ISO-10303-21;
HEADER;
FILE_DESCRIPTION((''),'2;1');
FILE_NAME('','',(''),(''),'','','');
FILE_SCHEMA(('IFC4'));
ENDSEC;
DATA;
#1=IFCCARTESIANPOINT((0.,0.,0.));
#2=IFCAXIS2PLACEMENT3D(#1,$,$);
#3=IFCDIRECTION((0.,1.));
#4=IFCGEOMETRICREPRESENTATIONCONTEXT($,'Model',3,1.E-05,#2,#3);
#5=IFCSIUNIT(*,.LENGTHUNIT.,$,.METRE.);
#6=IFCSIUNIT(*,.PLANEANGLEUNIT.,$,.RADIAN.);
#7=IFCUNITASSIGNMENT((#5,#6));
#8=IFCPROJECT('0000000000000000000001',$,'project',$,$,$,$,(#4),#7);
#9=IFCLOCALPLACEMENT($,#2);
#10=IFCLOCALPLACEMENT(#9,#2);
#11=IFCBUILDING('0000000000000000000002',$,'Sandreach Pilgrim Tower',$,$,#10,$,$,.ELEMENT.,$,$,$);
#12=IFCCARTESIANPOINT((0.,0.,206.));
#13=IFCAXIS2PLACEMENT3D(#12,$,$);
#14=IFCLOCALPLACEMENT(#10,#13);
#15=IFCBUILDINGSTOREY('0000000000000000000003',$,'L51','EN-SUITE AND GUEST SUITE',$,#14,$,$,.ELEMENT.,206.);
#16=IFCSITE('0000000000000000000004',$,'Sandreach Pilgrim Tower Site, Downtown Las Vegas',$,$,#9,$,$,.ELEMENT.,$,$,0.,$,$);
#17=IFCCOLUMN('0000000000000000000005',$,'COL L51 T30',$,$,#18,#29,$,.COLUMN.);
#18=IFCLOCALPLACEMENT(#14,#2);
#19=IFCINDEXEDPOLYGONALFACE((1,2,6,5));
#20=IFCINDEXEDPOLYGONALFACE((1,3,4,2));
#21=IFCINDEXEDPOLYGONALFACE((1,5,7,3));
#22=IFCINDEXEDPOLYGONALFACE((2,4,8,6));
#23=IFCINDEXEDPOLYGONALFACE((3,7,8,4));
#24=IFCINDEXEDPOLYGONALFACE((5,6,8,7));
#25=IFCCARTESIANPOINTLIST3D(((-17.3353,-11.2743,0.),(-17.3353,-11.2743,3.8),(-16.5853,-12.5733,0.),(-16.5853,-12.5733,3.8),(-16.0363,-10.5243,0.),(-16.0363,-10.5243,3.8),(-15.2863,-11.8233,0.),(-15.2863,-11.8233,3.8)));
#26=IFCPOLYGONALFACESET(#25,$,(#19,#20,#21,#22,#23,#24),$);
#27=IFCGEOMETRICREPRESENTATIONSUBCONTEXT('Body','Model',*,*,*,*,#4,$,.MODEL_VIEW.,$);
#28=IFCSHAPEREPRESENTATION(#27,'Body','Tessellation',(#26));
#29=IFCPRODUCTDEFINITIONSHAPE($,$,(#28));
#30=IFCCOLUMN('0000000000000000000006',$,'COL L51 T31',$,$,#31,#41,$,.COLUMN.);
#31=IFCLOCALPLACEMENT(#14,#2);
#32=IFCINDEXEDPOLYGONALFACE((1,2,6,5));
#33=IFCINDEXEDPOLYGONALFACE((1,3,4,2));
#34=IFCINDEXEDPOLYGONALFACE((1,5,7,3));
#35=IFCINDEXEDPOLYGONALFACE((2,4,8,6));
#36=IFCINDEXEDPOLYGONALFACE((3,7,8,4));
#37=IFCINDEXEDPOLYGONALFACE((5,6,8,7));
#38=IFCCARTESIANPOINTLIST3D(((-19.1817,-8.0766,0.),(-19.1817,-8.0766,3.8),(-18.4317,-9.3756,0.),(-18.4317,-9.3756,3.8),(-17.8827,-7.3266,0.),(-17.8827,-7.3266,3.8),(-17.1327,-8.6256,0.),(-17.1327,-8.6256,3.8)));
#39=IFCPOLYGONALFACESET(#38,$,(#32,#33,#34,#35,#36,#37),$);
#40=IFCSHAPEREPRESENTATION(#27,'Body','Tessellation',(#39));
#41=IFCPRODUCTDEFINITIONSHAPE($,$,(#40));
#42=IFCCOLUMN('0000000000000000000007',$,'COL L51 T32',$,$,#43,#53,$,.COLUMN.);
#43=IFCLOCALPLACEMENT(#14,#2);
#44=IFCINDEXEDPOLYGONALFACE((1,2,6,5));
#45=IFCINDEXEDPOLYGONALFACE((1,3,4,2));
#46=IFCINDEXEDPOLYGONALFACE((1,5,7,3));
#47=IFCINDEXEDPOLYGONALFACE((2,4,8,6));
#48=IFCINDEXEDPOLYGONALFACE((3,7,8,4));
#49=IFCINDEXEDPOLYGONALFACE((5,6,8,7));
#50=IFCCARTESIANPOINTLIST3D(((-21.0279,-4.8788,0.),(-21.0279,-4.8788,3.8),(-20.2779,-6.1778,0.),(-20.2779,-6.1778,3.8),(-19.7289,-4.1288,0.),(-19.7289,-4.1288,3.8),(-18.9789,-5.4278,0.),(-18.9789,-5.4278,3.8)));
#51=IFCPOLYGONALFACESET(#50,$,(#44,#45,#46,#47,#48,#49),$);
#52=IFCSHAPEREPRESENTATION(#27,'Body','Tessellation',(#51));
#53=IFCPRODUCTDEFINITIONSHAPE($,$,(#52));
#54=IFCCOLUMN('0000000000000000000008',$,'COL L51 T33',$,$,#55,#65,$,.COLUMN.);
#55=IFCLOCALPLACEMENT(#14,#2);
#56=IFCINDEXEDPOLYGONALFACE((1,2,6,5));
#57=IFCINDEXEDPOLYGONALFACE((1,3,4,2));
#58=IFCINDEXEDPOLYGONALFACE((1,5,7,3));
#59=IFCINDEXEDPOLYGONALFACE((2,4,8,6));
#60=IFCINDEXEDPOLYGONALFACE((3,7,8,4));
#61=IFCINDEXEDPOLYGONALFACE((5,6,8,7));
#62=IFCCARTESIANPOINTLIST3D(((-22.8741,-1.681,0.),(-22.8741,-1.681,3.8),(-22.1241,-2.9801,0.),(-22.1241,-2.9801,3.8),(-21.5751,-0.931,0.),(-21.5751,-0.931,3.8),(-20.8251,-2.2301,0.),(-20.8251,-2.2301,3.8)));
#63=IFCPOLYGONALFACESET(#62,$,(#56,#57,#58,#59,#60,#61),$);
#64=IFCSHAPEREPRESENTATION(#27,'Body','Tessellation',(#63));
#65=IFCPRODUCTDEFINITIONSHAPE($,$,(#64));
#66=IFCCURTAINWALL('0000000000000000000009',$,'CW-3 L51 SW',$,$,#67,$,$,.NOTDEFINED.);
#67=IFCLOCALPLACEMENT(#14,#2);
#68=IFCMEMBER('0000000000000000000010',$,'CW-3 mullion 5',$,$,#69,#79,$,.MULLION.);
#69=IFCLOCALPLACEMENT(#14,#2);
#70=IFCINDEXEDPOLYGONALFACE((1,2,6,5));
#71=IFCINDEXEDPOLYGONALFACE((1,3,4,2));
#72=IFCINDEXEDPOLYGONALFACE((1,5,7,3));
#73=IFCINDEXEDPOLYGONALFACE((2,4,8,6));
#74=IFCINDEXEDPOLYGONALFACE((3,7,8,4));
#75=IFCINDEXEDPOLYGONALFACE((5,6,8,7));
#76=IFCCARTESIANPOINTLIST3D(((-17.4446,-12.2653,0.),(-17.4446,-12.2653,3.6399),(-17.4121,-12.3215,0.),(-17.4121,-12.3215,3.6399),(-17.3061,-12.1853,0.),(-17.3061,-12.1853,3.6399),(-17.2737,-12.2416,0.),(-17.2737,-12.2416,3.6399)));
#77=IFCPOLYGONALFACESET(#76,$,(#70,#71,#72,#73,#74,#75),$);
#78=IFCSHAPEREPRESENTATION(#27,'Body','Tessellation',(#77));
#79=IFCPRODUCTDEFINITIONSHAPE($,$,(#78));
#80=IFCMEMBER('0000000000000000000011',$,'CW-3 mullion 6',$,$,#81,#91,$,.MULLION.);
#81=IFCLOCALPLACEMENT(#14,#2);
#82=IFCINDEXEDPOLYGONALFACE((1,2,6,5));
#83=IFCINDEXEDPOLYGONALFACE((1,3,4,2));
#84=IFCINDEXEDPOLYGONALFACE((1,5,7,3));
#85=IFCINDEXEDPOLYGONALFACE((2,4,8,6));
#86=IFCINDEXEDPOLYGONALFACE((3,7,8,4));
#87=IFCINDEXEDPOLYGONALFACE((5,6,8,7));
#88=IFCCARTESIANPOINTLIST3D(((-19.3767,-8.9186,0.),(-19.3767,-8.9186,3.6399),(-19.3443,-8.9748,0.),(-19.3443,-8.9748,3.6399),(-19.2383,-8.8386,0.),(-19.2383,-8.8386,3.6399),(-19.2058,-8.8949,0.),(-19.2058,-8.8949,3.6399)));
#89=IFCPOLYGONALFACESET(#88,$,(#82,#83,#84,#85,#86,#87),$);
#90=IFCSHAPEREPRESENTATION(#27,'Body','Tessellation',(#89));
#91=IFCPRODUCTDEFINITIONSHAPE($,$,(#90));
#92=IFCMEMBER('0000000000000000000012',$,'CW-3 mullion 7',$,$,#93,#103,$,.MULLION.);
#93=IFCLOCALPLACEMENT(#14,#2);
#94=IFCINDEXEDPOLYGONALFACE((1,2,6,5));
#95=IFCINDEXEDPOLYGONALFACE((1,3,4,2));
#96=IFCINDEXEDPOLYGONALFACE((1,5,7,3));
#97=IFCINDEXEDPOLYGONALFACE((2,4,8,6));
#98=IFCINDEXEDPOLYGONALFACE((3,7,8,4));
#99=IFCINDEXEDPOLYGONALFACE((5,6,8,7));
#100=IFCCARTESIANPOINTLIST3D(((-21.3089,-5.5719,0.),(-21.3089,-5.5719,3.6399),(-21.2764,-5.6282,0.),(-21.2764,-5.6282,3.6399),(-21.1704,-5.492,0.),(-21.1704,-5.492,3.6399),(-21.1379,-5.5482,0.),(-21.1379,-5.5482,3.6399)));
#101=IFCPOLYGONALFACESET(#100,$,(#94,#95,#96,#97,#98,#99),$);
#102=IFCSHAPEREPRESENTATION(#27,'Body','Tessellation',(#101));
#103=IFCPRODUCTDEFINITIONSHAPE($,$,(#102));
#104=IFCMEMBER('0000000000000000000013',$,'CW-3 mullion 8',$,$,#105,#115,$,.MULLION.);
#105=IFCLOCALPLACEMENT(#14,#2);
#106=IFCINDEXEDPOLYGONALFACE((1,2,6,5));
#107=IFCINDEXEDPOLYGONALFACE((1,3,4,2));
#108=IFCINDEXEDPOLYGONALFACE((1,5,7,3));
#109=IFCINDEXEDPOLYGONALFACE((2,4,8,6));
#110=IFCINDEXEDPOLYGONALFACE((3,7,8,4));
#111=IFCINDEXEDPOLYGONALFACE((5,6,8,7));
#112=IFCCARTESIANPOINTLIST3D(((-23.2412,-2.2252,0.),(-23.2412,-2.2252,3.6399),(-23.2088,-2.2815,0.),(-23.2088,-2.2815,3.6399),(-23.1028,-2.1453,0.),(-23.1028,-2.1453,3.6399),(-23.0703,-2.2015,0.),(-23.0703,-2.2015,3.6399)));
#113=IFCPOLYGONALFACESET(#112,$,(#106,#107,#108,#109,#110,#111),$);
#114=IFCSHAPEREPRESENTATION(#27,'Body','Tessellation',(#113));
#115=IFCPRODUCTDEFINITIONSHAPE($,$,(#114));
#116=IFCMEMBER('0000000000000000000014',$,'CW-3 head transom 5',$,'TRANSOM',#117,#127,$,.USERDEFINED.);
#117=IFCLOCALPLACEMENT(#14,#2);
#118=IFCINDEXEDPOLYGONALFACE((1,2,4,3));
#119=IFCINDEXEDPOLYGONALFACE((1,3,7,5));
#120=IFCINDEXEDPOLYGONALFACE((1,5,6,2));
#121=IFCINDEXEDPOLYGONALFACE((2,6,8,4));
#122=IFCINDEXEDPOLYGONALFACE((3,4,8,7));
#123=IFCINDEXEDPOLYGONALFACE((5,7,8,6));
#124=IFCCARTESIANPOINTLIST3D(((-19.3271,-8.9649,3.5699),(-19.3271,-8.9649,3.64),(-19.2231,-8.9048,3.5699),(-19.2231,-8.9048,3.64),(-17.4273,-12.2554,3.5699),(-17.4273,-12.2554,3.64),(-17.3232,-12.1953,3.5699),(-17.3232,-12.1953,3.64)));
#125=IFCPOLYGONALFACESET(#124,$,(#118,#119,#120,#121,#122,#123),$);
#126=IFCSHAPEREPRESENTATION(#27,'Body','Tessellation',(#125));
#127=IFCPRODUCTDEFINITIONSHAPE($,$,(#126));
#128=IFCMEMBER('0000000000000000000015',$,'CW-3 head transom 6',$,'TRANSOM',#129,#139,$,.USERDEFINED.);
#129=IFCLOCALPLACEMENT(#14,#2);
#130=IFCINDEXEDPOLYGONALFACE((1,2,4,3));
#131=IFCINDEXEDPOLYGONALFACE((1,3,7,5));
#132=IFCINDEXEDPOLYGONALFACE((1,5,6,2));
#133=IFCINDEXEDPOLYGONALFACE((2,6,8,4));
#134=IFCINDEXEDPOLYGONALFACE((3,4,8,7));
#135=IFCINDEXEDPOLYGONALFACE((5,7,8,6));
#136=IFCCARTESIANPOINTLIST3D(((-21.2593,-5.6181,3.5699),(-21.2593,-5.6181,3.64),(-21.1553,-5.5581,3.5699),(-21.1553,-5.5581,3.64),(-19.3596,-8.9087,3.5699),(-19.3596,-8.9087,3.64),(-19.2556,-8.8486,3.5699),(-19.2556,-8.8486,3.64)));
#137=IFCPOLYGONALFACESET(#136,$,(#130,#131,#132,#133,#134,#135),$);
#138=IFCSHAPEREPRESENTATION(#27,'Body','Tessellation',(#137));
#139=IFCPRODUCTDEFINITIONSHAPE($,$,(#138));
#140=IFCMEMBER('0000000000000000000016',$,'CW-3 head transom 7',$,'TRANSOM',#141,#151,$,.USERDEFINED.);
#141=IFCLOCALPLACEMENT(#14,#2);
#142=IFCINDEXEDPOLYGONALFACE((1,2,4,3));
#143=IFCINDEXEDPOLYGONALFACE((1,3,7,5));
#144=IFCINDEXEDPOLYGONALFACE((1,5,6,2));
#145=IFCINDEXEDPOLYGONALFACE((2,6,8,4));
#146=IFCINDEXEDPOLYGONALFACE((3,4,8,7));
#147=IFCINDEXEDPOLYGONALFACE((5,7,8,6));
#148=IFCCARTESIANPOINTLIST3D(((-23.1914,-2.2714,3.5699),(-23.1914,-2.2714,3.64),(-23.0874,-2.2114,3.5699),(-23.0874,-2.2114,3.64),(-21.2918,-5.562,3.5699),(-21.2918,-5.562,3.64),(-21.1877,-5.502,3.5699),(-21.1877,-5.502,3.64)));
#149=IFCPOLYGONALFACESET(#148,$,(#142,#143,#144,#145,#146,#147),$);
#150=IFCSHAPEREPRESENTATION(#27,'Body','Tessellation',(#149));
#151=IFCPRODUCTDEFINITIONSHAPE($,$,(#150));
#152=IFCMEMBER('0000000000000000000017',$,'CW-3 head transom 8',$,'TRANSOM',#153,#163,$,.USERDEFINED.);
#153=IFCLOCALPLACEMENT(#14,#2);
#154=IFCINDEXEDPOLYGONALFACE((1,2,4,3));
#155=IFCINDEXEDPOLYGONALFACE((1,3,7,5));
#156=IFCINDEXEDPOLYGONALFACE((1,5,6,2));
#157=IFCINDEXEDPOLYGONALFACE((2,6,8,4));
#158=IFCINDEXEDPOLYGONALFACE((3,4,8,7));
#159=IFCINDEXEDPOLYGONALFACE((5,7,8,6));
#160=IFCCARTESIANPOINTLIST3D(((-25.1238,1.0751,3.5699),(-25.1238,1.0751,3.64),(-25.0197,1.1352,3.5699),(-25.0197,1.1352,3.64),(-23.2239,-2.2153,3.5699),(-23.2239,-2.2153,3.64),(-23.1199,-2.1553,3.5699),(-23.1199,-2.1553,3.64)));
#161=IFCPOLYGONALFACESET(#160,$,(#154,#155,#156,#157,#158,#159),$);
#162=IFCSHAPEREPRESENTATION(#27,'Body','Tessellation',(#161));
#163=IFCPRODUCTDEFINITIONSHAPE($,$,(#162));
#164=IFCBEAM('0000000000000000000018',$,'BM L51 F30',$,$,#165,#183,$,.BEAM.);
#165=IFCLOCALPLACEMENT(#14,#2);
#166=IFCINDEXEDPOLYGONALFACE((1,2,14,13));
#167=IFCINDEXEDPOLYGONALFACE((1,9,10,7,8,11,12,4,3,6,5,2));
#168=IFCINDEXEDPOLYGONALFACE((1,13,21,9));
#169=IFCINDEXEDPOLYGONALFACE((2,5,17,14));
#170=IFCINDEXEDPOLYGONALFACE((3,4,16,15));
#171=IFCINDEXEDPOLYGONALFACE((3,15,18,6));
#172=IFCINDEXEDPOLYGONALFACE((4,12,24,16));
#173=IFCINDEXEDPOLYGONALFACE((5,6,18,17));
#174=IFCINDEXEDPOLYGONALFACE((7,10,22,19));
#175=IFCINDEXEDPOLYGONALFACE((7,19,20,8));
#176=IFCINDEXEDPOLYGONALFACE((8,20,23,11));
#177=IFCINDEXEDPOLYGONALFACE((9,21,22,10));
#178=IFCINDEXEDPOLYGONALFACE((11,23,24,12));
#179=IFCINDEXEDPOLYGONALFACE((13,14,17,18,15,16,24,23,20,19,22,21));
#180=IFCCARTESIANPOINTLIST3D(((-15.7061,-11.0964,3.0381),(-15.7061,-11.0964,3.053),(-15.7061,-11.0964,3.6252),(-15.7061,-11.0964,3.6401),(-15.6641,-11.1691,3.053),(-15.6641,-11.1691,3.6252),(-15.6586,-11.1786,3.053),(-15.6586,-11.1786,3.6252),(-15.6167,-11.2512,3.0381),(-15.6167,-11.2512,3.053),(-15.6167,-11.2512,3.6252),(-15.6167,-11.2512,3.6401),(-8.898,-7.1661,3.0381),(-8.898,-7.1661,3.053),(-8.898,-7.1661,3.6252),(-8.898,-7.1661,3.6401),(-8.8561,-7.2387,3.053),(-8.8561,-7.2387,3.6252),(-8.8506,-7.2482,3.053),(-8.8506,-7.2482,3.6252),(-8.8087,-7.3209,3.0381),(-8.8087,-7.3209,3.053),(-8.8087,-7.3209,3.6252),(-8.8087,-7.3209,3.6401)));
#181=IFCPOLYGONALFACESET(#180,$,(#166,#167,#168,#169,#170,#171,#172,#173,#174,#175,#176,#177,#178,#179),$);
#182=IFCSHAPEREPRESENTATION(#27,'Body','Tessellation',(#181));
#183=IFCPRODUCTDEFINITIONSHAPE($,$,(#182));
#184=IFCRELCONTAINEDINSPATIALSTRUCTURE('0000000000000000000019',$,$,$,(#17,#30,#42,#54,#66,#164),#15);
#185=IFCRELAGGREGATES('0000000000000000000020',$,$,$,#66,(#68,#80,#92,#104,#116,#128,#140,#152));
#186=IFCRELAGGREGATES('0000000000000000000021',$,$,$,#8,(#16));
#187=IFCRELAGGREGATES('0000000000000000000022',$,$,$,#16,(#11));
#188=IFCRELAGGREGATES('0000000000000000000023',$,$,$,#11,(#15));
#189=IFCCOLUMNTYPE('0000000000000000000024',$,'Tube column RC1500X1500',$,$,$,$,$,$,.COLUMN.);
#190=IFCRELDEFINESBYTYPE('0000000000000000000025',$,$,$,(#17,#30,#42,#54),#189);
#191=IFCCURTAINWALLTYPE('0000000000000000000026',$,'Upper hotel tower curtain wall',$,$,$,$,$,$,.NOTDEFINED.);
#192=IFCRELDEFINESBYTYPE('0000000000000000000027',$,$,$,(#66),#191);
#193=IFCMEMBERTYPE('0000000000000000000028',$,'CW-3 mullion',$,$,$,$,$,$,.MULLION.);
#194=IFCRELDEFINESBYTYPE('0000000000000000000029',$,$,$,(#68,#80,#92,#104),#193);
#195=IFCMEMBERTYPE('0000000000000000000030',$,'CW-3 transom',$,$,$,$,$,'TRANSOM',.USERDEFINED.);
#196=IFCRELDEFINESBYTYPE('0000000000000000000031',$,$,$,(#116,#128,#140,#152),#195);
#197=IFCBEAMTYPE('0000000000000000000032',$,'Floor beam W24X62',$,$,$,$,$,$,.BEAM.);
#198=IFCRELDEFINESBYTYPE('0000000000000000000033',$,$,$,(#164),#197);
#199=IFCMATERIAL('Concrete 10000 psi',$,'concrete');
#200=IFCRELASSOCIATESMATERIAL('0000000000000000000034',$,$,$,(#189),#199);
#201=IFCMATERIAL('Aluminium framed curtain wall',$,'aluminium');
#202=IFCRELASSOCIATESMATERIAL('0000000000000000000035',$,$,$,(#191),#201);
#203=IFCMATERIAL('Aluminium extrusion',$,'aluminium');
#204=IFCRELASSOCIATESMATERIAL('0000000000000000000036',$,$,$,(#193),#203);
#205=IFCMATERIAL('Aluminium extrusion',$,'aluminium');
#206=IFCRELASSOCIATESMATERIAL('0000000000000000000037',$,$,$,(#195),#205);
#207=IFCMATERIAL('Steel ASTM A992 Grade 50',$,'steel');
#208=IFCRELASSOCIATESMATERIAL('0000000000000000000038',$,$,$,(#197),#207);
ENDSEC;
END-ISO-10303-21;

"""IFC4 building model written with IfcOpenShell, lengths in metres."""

from ifc_helpers import new_model, si_unit, direction, frame, origin, origin_2d, place, context, subcontext, project, spatial, rectangle, i_section, extrude, material, material_profile, profile_set, type_object, element, aggregate, save


model = new_model("IFC4")

# Units and contexts
model_context = context("Model", 3, precision=1e-05, world=origin(), true_north=direction((0.0, 1.0)))
body_context = subcontext(model_context, "Body", "Model", "MODEL_VIEW")
ifc_project = project(units=[si_unit("LENGTHUNIT", "METRE"), si_unit("PLANEANGLEUNIT", "RADIAN")], contexts=[model_context])

# Site, building, storey
site_placement = place(None, origin())
site = spatial("IfcSite", under=ifc_project, at=site_placement, Name="Sandreach Pilgrim Tower Site, Downtown Las Vegas", CompositionType="ELEMENT", RefElevation=0.0)
building_placement = place(site_placement, origin())
building = spatial("IfcBuilding", under=site, at=building_placement, Name="Sandreach Pilgrim Tower", CompositionType="ELEMENT")
storey_placement = place(building_placement, frame((0.0, 0.0, 206.0)))
storey = spatial("IfcBuildingStorey", under=building, at=storey_placement, Name="L51", Description="EN-SUITE AND GUEST SUITE", CompositionType="ELEMENT", Elevation=206.0)

# Columns
ifc_material_1 = material(Name="Concrete 10000 psi", Category="concrete")
ifc_material_profile_1 = material_profile(ifc_material_1, rectangle(XDim=1.5, YDim=1.5, at=origin_2d()), Name="RC1500X1500")
ifc_profile_set_1 = profile_set([ifc_material_profile_1], Name="Concrete 10000 psi")
column_type = type_object("IfcColumnType", Name="Tube column RC1500X1500", PredefinedType="COLUMN", material=ifc_profile_set_1)
for number, where, z_axis, x_axis, name in (
    (1, (-16.3108, -11.5488, 0.0), (0.0, 0.0, 1.0), (-0.866025, -0.5, 0.0), "COL L51 T30"),
    (2, (-18.1572, -8.3511, 0.0), (0.0, 0.0, 1.0), (-0.866025, -0.5, 0.0), "COL L51 T31"),
    (3, (-20.0034, -5.1533, 0.0), (0.0, 0.0, 1.0), (-0.866025, -0.5, 0.0), "COL L51 T32"),
    (4, (-21.8496, -1.9556, 0.0), (0.0, 0.0, 1.0), (-0.866025, -0.5, 0.0), "COL L51 T33"),
):
    element("IfcColumn", number, at=place(storey_placement, frame(where, z_axis=z_axis, x_axis=x_axis)), inside=storey, type_object=column_type, Name=name, PredefinedType="COLUMN", context=body_context, shape_type="SweptSolid", body=[
        extrude(rectangle(XDim=1.5, YDim=1.5, at=origin_2d()), origin(), (0.0, 0.0, 1.0), 3.8),
    ])

# Curtain wall, members
ifc_material_2 = material(Name="Aluminium framed curtain wall", Category="aluminium")
curtain_wall_type = type_object("IfcCurtainWallType", Name="Upper hotel tower curtain wall", PredefinedType="NOTDEFINED", material=ifc_material_2)
curtain_wall_placement = place(storey_placement, origin())
curtain_wall = element("IfcCurtainWall", 5, at=curtain_wall_placement, inside=storey, type_object=curtain_wall_type, Name="CW-3 L51 SW", PredefinedType="NOTDEFINED")
ifc_material_3 = material(Name="Aluminium extrusion", Category="aluminium")
ifc_material_profile_2 = material_profile(ifc_material_3, rectangle(XDim=0.0649, YDim=0.1599, at=origin_2d()), Name="CW-3M 65X160")
ifc_profile_set_2 = profile_set([ifc_material_profile_2], Name="Aluminium extrusion")
member_type_1 = type_object("IfcMemberType", Name="CW-3 mullion", PredefinedType="MULLION", material=ifc_profile_set_2)
member_1_placement = place(storey_placement, frame((-17.3591, -12.2534, 0.0), z_axis=(0.0, 0.0, 1.0), x_axis=(-0.5, 0.866025, 0.0)))
member_1 = element("IfcMember", 6, at=member_1_placement, type_object=member_type_1, Name="CW-3 mullion 5", PredefinedType="MULLION", context=body_context, shape_type="SweptSolid", body=[
    extrude(rectangle(XDim=0.0649, YDim=0.1599, at=origin_2d()), origin(), (0.0, 0.0, 1.0), 3.6399),
])
member_2_placement = place(storey_placement, frame((-19.2913, -8.9067, 0.0), z_axis=(0.0, 0.0, 1.0), x_axis=(-0.5, 0.866025, 0.0)))
member_2 = element("IfcMember", 7, at=member_2_placement, type_object=member_type_1, Name="CW-3 mullion 6", PredefinedType="MULLION", context=body_context, shape_type="SweptSolid", body=[
    extrude(rectangle(XDim=0.0649, YDim=0.1599, at=origin_2d()), origin(), (0.0, 0.0, 1.0), 3.6399),
])
member_3_placement = place(storey_placement, frame((-21.2234, -5.5601, 0.0), z_axis=(0.0, 0.0, 1.0), x_axis=(-0.5, 0.866025, 0.0)))
member_3 = element("IfcMember", 8, at=member_3_placement, type_object=member_type_1, Name="CW-3 mullion 7", PredefinedType="MULLION", context=body_context, shape_type="SweptSolid", body=[
    extrude(rectangle(XDim=0.0649, YDim=0.1599, at=origin_2d()), origin(), (0.0, 0.0, 1.0), 3.6399),
])
member_4_placement = place(storey_placement, frame((-23.1558, -2.2134, 0.0), z_axis=(0.0, 0.0, 1.0), x_axis=(-0.5, 0.866025, 0.0)))
member_4 = element("IfcMember", 9, at=member_4_placement, type_object=member_type_1, Name="CW-3 mullion 8", PredefinedType="MULLION", context=body_context, shape_type="SweptSolid", body=[
    extrude(rectangle(XDim=0.0649, YDim=0.1599, at=origin_2d()), origin(), (0.0, 0.0, 1.0), 3.6399),
])
ifc_material_4 = material(Name="Aluminium extrusion", Category="aluminium")
ifc_material_profile_3 = material_profile(ifc_material_4, rectangle(XDim=0.1201, YDim=0.0701, at=origin_2d()), Name="CW-3T 120X70")
ifc_profile_set_3 = profile_set([ifc_material_profile_3], Name="Aluminium extrusion")
member_type_2 = type_object("IfcMemberType", Name="CW-3 transom", ElementType="TRANSOM", PredefinedType="USERDEFINED", material=ifc_profile_set_3)
member_5_placement = place(storey_placement, frame((-17.3752, -12.2253, 3.605), z_axis=(-0.500023, 0.866012, 0.0), x_axis=(-0.866012, -0.500023, 0.0)))
member_5 = element("IfcMember", 10, at=member_5_placement, type_object=member_type_2, Name="CW-3 head transom 5", ObjectType="TRANSOM", PredefinedType="USERDEFINED", context=body_context, shape_type="SweptSolid", body=[
    extrude(rectangle(XDim=0.1201, YDim=0.0701, at=origin_2d()), origin(), (0.0, 0.0, 1.0), 3.7996),
])
member_6_placement = place(storey_placement, frame((-19.3076, -8.8787, 3.605), z_axis=(-0.499975, 0.86604, 0.0), x_axis=(-0.86604, -0.499975, 0.0)))
member_6 = element("IfcMember", 11, at=member_6_placement, type_object=member_type_2, Name="CW-3 head transom 6", ObjectType="TRANSOM", PredefinedType="USERDEFINED", context=body_context, shape_type="SweptSolid", body=[
    extrude(rectangle(XDim=0.1201, YDim=0.0701, at=origin_2d()), origin(), (0.0, 0.0, 1.0), 3.7996),
])
member_7_placement = place(storey_placement, frame((-21.2397, -5.532, 3.605), z_axis=(-0.499975, 0.86604, 0.0), x_axis=(-0.86604, -0.499975, 0.0)))
member_7 = element("IfcMember", 12, at=member_7_placement, type_object=member_type_2, Name="CW-3 head transom 7", ObjectType="TRANSOM", PredefinedType="USERDEFINED", context=body_context, shape_type="SweptSolid", body=[
    extrude(rectangle(XDim=0.1201, YDim=0.0701, at=origin_2d()), origin(), (0.0, 0.0, 1.0), 3.7996),
])
member_8_placement = place(storey_placement, frame((-23.1719, -2.1853, 3.605), z_axis=(-0.500023, 0.866012, 0.0), x_axis=(-0.866012, -0.500023, 0.0)))
member_8 = element("IfcMember", 13, at=member_8_placement, type_object=member_type_2, Name="CW-3 head transom 8", ObjectType="TRANSOM", PredefinedType="USERDEFINED", context=body_context, shape_type="SweptSolid", body=[
    extrude(rectangle(XDim=0.1201, YDim=0.0701, at=origin_2d()), origin(), (0.0, 0.0, 1.0), 3.7996),
])

# Beam
ifc_material_5 = material(Name="Steel ASTM A992 Grade 50", Category="steel")
ifc_material_profile_4 = material_profile(ifc_material_5, i_section(OverallWidth=0.1787, OverallDepth=0.6021, WebThickness=0.011, FlangeThickness=0.0149, at=origin_2d()), Name="W24X62")
ifc_profile_set_4 = profile_set([ifc_material_profile_4], Name="Steel ASTM A992 Grade 50")
beam_type_1 = type_object("IfcBeamType", Name="Floor beam W24X62", PredefinedType="BEAM", material=ifc_profile_set_4)
beam_1_placement = place(storey_placement, frame((-15.6614, -11.1738, 3.3391), z_axis=(0.866039, 0.499977, 0.0), x_axis=(-0.499977, 0.866039, 0.0)))
element("IfcBeam", 14, at=beam_1_placement, inside=storey, type_object=beam_type_1, Name="BM L51 F30", PredefinedType="BEAM", context=body_context, shape_type="SweptSolid", body=[
    extrude(i_section(OverallWidth=0.1787, OverallDepth=0.6021, WebThickness=0.011, FlangeThickness=0.0149, at=origin_2d()), origin(), (0.0, 0.0, 1.0), 7.8611),
])

aggregate(curtain_wall, [member_1, member_2, member_3, member_4, member_5, member_6, member_7, member_8])

save(model, "model.ifc")
